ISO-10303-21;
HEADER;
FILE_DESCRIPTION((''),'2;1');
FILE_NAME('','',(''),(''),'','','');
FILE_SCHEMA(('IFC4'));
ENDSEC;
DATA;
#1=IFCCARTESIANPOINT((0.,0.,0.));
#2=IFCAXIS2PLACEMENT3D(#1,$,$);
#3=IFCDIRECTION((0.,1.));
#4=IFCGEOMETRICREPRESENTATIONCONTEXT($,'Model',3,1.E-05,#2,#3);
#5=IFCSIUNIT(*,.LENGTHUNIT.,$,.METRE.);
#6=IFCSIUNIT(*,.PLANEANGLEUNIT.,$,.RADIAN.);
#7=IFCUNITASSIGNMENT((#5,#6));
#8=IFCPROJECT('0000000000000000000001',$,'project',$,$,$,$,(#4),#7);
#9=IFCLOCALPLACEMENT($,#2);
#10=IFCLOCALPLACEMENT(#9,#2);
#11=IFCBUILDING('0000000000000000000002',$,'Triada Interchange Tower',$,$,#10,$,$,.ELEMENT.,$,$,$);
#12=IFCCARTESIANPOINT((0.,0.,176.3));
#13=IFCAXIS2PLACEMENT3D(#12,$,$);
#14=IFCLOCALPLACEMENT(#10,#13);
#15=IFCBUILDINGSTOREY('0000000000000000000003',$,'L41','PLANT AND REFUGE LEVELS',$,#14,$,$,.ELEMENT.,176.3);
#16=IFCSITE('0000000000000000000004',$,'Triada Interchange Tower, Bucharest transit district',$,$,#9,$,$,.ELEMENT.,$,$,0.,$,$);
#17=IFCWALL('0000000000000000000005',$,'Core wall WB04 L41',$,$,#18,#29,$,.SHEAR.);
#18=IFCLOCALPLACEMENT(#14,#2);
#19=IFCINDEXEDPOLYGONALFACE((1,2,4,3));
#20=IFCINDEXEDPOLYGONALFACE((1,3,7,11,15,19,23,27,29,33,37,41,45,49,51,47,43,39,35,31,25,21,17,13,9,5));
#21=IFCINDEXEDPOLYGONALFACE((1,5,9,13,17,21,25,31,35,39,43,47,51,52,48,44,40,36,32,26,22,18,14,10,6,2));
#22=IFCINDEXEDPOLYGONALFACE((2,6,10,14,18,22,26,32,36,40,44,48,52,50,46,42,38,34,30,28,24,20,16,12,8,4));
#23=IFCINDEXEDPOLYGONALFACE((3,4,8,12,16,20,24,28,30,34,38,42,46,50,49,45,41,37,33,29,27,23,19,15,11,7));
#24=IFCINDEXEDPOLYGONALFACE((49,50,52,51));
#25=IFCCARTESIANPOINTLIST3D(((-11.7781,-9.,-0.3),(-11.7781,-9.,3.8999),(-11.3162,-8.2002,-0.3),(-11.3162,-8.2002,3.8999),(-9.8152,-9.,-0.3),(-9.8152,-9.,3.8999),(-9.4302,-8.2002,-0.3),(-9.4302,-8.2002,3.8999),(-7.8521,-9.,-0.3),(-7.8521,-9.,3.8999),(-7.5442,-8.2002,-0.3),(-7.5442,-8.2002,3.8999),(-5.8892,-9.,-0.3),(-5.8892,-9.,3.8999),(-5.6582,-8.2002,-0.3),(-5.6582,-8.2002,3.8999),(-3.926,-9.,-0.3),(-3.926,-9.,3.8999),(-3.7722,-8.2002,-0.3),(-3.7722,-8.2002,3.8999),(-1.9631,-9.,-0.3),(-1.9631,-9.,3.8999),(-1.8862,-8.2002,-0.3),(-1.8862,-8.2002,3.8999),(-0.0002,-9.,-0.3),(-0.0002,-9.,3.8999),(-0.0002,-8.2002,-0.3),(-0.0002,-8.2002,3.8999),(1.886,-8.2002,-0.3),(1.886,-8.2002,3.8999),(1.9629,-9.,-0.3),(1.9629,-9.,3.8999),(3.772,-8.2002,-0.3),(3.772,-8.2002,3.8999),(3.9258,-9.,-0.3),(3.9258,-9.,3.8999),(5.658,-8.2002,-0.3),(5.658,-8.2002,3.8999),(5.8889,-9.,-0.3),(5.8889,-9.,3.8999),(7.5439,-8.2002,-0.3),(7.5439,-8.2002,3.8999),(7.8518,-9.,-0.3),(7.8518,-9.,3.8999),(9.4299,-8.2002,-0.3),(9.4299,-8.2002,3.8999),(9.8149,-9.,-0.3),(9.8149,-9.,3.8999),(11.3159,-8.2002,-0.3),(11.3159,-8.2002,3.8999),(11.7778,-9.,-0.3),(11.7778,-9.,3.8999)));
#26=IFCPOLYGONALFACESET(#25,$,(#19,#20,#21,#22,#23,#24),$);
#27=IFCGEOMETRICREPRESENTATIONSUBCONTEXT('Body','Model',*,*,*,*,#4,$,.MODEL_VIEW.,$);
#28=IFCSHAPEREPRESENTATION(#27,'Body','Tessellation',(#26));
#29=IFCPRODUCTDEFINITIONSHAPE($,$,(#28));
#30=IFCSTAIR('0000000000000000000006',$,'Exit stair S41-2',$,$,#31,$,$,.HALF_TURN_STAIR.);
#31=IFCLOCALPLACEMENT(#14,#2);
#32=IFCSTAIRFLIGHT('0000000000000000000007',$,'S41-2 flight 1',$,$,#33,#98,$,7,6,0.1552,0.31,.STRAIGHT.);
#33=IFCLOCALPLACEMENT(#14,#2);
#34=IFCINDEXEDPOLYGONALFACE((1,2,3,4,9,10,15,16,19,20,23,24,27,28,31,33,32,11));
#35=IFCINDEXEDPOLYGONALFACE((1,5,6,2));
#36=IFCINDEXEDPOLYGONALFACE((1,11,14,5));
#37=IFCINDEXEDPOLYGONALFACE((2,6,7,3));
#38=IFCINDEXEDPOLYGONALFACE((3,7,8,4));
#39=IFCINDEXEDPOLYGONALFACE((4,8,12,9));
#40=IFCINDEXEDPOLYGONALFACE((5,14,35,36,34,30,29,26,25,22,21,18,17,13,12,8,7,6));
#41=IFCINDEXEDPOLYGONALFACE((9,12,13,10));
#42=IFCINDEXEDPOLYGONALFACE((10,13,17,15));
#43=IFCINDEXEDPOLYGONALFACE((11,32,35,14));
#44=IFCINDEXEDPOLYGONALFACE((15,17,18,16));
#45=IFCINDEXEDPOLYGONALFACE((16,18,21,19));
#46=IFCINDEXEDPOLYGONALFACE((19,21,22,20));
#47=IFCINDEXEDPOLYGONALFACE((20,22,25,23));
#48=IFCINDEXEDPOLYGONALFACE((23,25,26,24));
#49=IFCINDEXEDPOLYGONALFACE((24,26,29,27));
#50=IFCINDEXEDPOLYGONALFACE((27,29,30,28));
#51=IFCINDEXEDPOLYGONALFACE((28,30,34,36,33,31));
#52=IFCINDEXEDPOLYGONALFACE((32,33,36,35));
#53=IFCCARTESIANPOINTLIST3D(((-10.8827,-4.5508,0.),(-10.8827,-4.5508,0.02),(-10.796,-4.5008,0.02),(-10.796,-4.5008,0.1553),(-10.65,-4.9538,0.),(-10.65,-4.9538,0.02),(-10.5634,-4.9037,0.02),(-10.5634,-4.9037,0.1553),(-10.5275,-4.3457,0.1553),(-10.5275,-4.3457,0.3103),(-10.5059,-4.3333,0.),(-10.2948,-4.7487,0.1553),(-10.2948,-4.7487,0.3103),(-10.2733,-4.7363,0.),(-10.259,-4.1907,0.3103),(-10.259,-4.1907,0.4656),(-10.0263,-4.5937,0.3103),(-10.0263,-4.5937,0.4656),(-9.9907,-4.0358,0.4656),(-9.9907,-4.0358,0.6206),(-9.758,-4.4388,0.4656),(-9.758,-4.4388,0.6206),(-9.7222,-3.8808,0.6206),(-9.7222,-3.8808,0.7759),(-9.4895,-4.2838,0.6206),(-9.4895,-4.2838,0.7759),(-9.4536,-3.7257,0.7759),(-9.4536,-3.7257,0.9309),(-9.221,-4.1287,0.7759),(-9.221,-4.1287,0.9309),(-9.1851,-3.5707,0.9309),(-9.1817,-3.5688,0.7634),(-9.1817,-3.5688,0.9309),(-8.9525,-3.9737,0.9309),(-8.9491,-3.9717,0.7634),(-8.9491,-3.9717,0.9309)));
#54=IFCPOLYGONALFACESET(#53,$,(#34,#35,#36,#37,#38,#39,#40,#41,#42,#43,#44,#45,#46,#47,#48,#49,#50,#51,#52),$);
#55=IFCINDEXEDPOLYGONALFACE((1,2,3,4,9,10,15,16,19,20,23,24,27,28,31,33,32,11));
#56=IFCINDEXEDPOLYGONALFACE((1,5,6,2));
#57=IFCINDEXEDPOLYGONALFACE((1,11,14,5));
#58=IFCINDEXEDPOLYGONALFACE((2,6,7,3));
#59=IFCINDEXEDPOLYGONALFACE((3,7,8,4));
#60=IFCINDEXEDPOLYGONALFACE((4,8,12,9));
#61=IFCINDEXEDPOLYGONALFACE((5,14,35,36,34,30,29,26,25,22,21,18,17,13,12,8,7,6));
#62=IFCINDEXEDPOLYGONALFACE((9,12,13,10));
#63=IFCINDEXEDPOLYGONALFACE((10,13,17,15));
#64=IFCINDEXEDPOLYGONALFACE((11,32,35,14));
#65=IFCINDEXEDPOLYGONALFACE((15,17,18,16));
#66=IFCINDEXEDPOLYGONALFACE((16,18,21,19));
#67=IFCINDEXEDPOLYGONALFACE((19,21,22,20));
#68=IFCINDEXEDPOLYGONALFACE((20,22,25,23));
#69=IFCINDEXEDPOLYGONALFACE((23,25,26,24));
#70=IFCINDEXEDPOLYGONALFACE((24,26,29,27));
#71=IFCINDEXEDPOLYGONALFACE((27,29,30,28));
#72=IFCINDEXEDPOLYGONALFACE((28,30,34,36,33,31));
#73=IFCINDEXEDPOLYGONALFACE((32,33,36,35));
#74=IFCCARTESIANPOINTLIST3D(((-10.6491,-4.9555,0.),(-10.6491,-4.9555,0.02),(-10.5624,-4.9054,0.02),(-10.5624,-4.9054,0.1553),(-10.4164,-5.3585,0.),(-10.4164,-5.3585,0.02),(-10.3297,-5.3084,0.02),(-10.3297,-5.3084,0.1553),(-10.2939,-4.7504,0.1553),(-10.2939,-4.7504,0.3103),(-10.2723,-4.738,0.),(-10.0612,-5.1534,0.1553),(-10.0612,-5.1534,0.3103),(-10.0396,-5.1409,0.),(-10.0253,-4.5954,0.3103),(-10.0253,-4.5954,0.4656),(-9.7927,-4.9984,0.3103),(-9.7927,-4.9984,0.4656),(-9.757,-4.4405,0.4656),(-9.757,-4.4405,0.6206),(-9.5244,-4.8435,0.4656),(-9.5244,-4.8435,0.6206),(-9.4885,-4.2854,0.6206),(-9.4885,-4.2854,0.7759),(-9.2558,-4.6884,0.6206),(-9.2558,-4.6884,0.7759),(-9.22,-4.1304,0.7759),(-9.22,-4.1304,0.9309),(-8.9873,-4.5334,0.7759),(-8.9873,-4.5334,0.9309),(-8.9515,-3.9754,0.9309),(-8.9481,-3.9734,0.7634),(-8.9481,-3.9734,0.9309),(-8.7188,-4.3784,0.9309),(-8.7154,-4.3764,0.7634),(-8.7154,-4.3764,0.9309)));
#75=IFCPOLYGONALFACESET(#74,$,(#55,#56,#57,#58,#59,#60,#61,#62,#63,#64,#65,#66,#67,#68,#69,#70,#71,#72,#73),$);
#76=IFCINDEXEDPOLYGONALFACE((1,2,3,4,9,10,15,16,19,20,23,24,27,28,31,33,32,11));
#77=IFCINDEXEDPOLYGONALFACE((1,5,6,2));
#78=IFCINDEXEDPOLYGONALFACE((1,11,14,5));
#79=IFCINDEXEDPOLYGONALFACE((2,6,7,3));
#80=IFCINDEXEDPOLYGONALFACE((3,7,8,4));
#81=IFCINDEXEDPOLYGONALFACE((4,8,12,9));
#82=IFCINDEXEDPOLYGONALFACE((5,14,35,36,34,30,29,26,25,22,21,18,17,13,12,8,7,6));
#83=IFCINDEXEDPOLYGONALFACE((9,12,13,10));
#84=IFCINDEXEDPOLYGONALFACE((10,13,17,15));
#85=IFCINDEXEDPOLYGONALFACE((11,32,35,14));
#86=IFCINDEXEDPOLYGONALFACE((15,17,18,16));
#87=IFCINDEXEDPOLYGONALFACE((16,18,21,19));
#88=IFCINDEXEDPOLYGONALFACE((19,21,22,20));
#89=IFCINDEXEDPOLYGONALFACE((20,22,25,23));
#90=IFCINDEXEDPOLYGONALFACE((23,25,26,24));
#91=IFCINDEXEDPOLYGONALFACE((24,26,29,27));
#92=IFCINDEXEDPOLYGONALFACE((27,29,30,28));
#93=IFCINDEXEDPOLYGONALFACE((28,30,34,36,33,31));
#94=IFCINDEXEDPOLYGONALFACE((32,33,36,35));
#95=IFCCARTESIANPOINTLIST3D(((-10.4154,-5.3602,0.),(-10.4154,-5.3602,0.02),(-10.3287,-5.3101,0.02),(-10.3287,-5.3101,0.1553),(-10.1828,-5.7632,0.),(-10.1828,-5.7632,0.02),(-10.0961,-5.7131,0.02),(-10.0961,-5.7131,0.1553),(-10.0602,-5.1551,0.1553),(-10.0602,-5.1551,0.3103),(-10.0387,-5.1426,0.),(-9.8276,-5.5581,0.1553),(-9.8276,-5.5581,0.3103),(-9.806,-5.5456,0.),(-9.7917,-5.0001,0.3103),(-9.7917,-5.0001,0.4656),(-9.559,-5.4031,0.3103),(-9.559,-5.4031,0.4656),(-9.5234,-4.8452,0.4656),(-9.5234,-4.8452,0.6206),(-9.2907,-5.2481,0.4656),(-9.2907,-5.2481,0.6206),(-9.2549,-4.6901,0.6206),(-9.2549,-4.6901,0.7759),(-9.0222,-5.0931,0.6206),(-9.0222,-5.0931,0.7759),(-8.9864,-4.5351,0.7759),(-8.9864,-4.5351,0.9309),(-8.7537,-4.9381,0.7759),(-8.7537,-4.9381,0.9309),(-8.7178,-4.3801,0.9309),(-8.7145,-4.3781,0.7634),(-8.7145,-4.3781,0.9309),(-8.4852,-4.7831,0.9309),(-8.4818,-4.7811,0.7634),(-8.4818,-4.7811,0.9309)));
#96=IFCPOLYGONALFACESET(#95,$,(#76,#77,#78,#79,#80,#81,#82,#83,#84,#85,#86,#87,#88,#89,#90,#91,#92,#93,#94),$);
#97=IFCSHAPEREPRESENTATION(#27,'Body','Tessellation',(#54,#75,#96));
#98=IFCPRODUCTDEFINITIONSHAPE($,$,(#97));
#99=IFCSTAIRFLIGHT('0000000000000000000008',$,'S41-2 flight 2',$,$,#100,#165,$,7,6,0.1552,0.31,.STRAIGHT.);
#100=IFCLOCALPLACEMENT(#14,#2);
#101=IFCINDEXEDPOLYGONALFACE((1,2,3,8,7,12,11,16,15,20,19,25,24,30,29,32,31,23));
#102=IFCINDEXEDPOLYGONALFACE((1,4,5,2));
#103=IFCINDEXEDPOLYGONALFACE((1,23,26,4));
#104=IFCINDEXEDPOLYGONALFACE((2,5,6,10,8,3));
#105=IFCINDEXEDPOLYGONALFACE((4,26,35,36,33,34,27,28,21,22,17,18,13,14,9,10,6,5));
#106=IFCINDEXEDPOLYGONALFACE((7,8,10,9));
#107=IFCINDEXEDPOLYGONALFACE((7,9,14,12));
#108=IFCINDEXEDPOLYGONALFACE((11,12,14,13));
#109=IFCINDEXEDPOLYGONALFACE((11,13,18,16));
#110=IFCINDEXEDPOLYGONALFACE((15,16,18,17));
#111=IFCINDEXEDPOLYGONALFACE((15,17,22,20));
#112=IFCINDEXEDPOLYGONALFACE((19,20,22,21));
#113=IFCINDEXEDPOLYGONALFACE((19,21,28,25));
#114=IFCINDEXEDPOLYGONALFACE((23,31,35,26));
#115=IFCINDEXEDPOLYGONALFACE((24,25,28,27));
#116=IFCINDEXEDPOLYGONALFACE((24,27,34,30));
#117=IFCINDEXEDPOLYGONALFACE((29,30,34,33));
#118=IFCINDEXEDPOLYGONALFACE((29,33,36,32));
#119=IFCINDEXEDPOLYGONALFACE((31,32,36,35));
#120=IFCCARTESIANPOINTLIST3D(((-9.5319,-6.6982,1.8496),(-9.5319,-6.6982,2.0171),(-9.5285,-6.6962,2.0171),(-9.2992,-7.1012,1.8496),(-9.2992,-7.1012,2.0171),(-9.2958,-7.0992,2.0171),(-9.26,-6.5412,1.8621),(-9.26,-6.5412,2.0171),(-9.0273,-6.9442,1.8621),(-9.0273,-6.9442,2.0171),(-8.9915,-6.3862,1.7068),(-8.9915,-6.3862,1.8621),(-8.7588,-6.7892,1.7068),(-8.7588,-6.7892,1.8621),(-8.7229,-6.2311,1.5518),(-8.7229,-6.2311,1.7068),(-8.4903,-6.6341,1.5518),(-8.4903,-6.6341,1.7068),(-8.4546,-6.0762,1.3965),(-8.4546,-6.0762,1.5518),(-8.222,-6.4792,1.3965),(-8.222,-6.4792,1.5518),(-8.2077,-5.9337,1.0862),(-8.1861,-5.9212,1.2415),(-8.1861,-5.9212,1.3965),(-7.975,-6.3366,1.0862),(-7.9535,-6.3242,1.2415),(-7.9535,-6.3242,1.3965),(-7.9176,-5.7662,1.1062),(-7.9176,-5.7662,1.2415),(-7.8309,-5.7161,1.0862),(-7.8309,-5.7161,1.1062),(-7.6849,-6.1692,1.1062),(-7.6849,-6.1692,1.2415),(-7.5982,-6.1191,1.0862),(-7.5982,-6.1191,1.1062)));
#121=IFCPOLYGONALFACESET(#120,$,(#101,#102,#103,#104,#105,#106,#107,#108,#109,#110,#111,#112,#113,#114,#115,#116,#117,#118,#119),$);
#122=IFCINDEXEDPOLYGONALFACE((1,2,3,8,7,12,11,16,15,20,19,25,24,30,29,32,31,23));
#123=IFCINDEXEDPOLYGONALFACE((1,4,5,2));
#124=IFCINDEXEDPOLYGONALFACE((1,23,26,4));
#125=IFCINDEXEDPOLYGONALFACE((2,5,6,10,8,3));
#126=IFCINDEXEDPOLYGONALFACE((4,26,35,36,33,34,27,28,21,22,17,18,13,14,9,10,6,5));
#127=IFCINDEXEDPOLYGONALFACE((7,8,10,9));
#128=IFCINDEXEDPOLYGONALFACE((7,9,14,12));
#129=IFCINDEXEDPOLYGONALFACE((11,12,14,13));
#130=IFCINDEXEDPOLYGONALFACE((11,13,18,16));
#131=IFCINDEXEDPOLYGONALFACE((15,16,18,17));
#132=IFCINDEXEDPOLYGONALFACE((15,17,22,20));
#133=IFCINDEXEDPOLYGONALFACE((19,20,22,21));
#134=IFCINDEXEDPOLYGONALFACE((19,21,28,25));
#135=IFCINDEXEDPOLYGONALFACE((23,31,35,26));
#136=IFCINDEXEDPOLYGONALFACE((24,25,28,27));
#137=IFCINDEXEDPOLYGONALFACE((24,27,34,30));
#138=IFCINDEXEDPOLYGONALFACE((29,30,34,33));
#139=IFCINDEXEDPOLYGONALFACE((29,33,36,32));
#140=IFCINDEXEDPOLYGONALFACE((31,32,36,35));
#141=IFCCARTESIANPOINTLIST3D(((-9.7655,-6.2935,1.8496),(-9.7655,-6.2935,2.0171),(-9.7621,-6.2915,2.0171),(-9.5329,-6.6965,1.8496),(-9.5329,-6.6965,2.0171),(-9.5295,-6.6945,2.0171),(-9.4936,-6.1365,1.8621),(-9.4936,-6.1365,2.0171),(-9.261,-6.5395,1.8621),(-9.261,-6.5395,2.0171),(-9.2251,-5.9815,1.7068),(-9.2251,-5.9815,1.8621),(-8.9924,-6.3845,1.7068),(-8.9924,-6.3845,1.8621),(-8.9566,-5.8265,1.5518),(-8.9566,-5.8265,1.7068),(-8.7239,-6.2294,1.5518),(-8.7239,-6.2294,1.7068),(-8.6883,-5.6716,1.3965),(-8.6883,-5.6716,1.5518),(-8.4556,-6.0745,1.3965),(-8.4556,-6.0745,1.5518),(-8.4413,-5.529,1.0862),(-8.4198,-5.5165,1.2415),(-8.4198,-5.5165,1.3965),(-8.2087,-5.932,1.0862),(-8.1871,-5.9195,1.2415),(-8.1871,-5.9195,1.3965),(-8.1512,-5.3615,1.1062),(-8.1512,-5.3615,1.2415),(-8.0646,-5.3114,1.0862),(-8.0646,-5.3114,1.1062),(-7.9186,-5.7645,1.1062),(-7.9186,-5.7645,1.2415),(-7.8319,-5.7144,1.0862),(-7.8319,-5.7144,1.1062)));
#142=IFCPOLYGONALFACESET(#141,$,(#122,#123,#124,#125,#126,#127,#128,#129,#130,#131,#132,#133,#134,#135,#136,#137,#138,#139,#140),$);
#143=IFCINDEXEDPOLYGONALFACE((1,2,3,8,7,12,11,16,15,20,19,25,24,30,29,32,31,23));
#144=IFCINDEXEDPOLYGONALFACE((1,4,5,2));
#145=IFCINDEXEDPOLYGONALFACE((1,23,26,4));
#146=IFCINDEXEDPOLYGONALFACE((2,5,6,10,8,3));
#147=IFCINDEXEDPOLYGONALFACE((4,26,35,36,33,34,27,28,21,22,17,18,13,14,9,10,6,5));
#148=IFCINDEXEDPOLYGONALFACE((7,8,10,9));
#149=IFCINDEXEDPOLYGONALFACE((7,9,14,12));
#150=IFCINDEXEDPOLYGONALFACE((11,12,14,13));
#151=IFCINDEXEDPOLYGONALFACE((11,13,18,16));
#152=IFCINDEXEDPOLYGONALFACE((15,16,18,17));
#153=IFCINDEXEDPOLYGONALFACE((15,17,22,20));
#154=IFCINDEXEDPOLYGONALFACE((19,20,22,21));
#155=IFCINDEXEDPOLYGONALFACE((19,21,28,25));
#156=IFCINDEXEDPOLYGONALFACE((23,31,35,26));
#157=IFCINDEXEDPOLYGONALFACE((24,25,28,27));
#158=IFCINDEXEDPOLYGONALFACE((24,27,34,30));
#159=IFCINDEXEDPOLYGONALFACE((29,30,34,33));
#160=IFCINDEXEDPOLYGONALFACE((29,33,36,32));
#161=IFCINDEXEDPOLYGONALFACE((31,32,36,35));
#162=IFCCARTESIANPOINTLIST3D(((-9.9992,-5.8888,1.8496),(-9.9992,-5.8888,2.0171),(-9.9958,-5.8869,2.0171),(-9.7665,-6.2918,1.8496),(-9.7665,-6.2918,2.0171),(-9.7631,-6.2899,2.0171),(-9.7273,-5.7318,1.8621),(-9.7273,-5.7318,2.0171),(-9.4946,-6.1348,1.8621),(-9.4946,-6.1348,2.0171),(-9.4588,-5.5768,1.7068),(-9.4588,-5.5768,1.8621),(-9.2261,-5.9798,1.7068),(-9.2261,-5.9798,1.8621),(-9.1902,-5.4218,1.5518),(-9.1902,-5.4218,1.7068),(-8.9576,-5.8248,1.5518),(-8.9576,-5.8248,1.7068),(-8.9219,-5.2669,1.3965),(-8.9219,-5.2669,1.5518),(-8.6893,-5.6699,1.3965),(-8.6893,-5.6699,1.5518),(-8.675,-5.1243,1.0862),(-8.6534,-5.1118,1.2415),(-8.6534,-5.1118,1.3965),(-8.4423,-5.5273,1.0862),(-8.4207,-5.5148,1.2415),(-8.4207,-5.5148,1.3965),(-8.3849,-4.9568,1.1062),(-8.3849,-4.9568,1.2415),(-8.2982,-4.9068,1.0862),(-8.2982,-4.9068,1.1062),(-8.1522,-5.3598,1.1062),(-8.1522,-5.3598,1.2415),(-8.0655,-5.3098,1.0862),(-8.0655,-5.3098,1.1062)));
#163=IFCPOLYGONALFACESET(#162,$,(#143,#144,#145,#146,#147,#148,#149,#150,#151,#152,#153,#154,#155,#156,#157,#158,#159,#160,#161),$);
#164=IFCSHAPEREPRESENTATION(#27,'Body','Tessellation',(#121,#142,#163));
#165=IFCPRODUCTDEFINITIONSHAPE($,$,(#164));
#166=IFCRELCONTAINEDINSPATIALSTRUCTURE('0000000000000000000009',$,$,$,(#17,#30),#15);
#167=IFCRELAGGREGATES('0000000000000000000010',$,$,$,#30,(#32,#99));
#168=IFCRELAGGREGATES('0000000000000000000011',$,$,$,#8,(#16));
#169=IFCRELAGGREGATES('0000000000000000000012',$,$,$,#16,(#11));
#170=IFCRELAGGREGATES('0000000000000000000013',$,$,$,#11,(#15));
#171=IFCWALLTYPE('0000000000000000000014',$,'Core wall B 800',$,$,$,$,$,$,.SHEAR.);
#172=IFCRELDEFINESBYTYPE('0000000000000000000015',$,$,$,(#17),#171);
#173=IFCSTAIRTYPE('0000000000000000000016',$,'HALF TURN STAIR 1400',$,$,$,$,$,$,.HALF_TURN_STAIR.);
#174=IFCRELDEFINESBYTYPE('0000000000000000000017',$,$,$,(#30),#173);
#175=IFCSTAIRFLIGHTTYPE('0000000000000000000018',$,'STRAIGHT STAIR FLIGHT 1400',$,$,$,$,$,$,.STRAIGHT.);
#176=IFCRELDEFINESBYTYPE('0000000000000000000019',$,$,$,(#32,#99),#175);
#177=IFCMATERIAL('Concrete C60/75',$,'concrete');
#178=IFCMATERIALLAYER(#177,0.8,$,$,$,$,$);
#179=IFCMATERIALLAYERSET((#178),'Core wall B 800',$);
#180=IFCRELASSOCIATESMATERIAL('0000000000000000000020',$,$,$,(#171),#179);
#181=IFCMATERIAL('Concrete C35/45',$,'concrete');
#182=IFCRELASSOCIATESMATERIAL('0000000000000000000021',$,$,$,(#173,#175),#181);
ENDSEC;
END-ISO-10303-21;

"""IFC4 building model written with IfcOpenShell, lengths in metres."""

from ifc_helpers import new_model, si_unit, direction, frame, origin, place, context, subcontext, project, spatial, polyline, outline, extrude, material, layer, layer_set, type_object, element, aggregate, save


model = new_model("IFC4")

# Units and contexts
model_context = context("Model", 3, precision=1e-05, world=origin(), true_north=direction((0.0, 1.0)))
body_context = subcontext(model_context, "Body", "Model", "MODEL_VIEW")
ifc_project = project(units=[si_unit("LENGTHUNIT", "METRE"), si_unit("PLANEANGLEUNIT", "RADIAN")], contexts=[model_context])

# Site, building, storey
site_placement = place(None, origin())
site = spatial("IfcSite", under=ifc_project, at=site_placement, Name="Triada Interchange Tower, Bucharest transit district", CompositionType="ELEMENT", RefElevation=0.0)
building_placement = place(site_placement, origin())
building = spatial("IfcBuilding", under=site, at=building_placement, Name="Triada Interchange Tower", CompositionType="ELEMENT")
storey_placement = place(building_placement, frame((0.0, 0.0, 176.3)))
storey = spatial("IfcBuildingStorey", under=building, at=storey_placement, Name="L41", Description="PLANT AND REFUGE LEVELS", CompositionType="ELEMENT", Elevation=176.3)

# Shared definitions
ifc_material_1 = material(Name="Concrete C35/45", Category="concrete")

# Shared definitions
ifc_material_2 = material(Name="Concrete C60/75", Category="concrete")
ifc_layer_1 = layer(ifc_material_2, 0.8)
ifc_layer_set_1 = layer_set([ifc_layer_1], Name="Core wall B 800")
wall_type_1 = type_object("IfcWallType", Name="Core wall B 800", PredefinedType="SHEAR", material=ifc_layer_set_1)

# Wall
wall_1_placement = place(storey_placement, frame((-11.5471, -8.6001, -0.3), z_axis=(0.0, 0.0, 1.0), x_axis=(1.0, 0.0, 0.0)))
element("IfcWall", 1, at=wall_1_placement, inside=storey, type_object=wall_type_1, Name="Core wall WB04 L41", PredefinedType="SHEAR", context=body_context, shape_type="SweptSolid", body=[
    extrude(outline(polyline([(-0.231, -0.3999), (1.7319, -0.3999), (3.6951, -0.3999), (5.658, -0.3999), (7.6211, -0.3999), (9.584, -0.3999), (11.5469, -0.3999), (13.51, -0.3999), (15.4729, -0.3999), (17.436, -0.3999), (19.3989, -0.3999), (21.3621, -0.3999), (23.325, -0.3999), (22.863, 0.3999), (20.9771, 0.3999), (19.0911, 0.3999), (17.2051, 0.3999), (15.3191, 0.3999), (13.4331, 0.3999), (11.5469, 0.3999), (9.6609, 0.3999), (7.7749, 0.3999), (5.8889, 0.3999), (4.0029, 0.3999), (2.1169, 0.3999), (0.231, 0.3999), (-0.231, -0.3999)])), origin(), (0.0, 0.0, 1.0), 4.2),
])

# Stair, stair flights
stair_type = type_object("IfcStairType", Name="HALF TURN STAIR 1400", PredefinedType="HALF_TURN_STAIR", material=ifc_material_1)
stair_placement = place(storey_placement, origin())
stair = element("IfcStair", 2, at=stair_placement, inside=storey, type_object=stair_type, Name="Exit stair S41-2", PredefinedType="HALF_TURN_STAIR")
stair_flight_type = type_object("IfcStairFlightType", Name="STRAIGHT STAIR FLIGHT 1400", PredefinedType="STRAIGHT", material=ifc_material_1)
stair_flight_1_placement = place(storey_placement, frame((-10.446, -5.1069, 0.0), z_axis=(0.0, 0.0, 1.0), x_axis=(0.866025, 0.5, 0.0)))
stair_flight_1 = element("IfcStairFlight", 3, at=stair_flight_1_placement, type_object=stair_flight_type, Name="S41-2 flight 1", NumberOfRisers=7, NumberOfTreads=6, PredefinedType="STRAIGHT", RiserHeight=0.1552, TreadLength=0.31, context=body_context, shape_type="SweptSolid", body=[
    extrude(outline(polyline([(-0.1001, 0.0), (-0.1001, 0.02), (0.0, 0.02), (0.0, 0.1553), (0.3101, 0.1553), (0.3101, 0.3103), (0.6201, 0.3103), (0.6201, 0.4656), (0.9299, 0.4656), (0.9299, 0.6206), (1.24, 0.6206), (1.24, 0.7759), (1.55, 0.7759), (1.55, 0.9309), (1.8601, 0.9309), (1.864, 0.9309), (1.864, 1.0862), (1.864, 0.7634), (0.335, 0.0), (-0.1001, 0.0)])), frame((0.0, 0.7, 0.0), z_axis=(0.0, -1.0, 0.0), x_axis=(1.0, 0.0, 0.0)), (0.0, 0.0, 1.0), 0.4653),
    extrude(outline(polyline([(-0.1001, 0.0), (-0.1001, 0.02), (0.0, 0.02), (0.0, 0.1553), (0.3101, 0.1553), (0.3101, 0.3103), (0.6201, 0.3103), (0.6201, 0.4656), (0.9299, 0.4656), (0.9299, 0.6206), (1.24, 0.6206), (1.24, 0.7759), (1.55, 0.7759), (1.55, 0.9309), (1.8601, 0.9309), (1.864, 0.9309), (1.864, 1.0862), (1.864, 0.7634), (0.335, 0.0), (-0.1001, 0.0)])), frame((0.0, 0.2327, 0.0), z_axis=(0.0, -1.0, 0.0), x_axis=(1.0, 0.0, 0.0)), (0.0, 0.0, 1.0), 0.4653),
    extrude(outline(polyline([(-0.1001, 0.0), (-0.1001, 0.02), (0.0, 0.02), (0.0, 0.1553), (0.3101, 0.1553), (0.3101, 0.3103), (0.6201, 0.3103), (0.6201, 0.4656), (0.9299, 0.4656), (0.9299, 0.6206), (1.24, 0.6206), (1.24, 0.7759), (1.55, 0.7759), (1.55, 0.9309), (1.8601, 0.9309), (1.864, 0.9309), (1.864, 1.0862), (1.864, 0.7634), (0.335, 0.0), (-0.1001, 0.0)])), frame((0.0, -0.2346, 0.0), z_axis=(0.0, -1.0, 0.0), x_axis=(1.0, 0.0, 0.0)), (0.0, 0.0, 1.0), 0.4653),
])
stair_flight_2_placement = place(storey_placement, frame((-8.0349, -5.563, 1.0862), z_axis=(0.0, 0.0, 1.0), x_axis=(-0.866025, -0.5, 0.0)))
stair_flight_2 = element("IfcStairFlight", 4, at=stair_flight_2_placement, type_object=stair_flight_type, Name="S41-2 flight 2", NumberOfRisers=7, NumberOfTreads=6, PredefinedType="STRAIGHT", RiserHeight=0.1552, TreadLength=0.31, context=body_context, shape_type="SweptSolid", body=[
    extrude(outline(polyline([(-0.1001, 0.0), (-0.1001, 0.02), (0.0, 0.02), (0.0, 0.1553), (0.3101, 0.1553), (0.3101, 0.3103), (0.6201, 0.3103), (0.6201, 0.4656), (0.9299, 0.4656), (0.9299, 0.6206), (1.24, 0.6206), (1.24, 0.7759), (1.55, 0.7759), (1.55, 0.9309), (1.8601, 0.9309), (1.864, 0.9309), (1.864, 1.0862), (1.864, 0.7634), (0.335, 0.0), (-0.1001, 0.0)])), frame((0.0, 0.7, 0.0), z_axis=(0.0, -1.0, 0.0), x_axis=(1.0, 0.0, 0.0)), (0.0, 0.0, 1.0), 0.4653),
    extrude(outline(polyline([(-0.1001, 0.0), (-0.1001, 0.02), (0.0, 0.02), (0.0, 0.1553), (0.3101, 0.1553), (0.3101, 0.3103), (0.6201, 0.3103), (0.6201, 0.4656), (0.9299, 0.4656), (0.9299, 0.6206), (1.24, 0.6206), (1.24, 0.7759), (1.55, 0.7759), (1.55, 0.9309), (1.8601, 0.9309), (1.864, 0.9309), (1.864, 1.0862), (1.864, 0.7634), (0.335, 0.0), (-0.1001, 0.0)])), frame((0.0, 0.2327, 0.0), z_axis=(0.0, -1.0, 0.0), x_axis=(1.0, 0.0, 0.0)), (0.0, 0.0, 1.0), 0.4653),
    extrude(outline(polyline([(-0.1001, 0.0), (-0.1001, 0.02), (0.0, 0.02), (0.0, 0.1553), (0.3101, 0.1553), (0.3101, 0.3103), (0.6201, 0.3103), (0.6201, 0.4656), (0.9299, 0.4656), (0.9299, 0.6206), (1.24, 0.6206), (1.24, 0.7759), (1.55, 0.7759), (1.55, 0.9309), (1.8601, 0.9309), (1.864, 0.9309), (1.864, 1.0862), (1.864, 0.7634), (0.335, 0.0), (-0.1001, 0.0)])), frame((0.0, -0.2346, 0.0), z_axis=(0.0, -1.0, 0.0), x_axis=(1.0, 0.0, 0.0)), (0.0, 0.0, 1.0), 0.4653),
])
aggregate(stair, [stair_flight_1, stair_flight_2])

save(model, "model.ifc")
